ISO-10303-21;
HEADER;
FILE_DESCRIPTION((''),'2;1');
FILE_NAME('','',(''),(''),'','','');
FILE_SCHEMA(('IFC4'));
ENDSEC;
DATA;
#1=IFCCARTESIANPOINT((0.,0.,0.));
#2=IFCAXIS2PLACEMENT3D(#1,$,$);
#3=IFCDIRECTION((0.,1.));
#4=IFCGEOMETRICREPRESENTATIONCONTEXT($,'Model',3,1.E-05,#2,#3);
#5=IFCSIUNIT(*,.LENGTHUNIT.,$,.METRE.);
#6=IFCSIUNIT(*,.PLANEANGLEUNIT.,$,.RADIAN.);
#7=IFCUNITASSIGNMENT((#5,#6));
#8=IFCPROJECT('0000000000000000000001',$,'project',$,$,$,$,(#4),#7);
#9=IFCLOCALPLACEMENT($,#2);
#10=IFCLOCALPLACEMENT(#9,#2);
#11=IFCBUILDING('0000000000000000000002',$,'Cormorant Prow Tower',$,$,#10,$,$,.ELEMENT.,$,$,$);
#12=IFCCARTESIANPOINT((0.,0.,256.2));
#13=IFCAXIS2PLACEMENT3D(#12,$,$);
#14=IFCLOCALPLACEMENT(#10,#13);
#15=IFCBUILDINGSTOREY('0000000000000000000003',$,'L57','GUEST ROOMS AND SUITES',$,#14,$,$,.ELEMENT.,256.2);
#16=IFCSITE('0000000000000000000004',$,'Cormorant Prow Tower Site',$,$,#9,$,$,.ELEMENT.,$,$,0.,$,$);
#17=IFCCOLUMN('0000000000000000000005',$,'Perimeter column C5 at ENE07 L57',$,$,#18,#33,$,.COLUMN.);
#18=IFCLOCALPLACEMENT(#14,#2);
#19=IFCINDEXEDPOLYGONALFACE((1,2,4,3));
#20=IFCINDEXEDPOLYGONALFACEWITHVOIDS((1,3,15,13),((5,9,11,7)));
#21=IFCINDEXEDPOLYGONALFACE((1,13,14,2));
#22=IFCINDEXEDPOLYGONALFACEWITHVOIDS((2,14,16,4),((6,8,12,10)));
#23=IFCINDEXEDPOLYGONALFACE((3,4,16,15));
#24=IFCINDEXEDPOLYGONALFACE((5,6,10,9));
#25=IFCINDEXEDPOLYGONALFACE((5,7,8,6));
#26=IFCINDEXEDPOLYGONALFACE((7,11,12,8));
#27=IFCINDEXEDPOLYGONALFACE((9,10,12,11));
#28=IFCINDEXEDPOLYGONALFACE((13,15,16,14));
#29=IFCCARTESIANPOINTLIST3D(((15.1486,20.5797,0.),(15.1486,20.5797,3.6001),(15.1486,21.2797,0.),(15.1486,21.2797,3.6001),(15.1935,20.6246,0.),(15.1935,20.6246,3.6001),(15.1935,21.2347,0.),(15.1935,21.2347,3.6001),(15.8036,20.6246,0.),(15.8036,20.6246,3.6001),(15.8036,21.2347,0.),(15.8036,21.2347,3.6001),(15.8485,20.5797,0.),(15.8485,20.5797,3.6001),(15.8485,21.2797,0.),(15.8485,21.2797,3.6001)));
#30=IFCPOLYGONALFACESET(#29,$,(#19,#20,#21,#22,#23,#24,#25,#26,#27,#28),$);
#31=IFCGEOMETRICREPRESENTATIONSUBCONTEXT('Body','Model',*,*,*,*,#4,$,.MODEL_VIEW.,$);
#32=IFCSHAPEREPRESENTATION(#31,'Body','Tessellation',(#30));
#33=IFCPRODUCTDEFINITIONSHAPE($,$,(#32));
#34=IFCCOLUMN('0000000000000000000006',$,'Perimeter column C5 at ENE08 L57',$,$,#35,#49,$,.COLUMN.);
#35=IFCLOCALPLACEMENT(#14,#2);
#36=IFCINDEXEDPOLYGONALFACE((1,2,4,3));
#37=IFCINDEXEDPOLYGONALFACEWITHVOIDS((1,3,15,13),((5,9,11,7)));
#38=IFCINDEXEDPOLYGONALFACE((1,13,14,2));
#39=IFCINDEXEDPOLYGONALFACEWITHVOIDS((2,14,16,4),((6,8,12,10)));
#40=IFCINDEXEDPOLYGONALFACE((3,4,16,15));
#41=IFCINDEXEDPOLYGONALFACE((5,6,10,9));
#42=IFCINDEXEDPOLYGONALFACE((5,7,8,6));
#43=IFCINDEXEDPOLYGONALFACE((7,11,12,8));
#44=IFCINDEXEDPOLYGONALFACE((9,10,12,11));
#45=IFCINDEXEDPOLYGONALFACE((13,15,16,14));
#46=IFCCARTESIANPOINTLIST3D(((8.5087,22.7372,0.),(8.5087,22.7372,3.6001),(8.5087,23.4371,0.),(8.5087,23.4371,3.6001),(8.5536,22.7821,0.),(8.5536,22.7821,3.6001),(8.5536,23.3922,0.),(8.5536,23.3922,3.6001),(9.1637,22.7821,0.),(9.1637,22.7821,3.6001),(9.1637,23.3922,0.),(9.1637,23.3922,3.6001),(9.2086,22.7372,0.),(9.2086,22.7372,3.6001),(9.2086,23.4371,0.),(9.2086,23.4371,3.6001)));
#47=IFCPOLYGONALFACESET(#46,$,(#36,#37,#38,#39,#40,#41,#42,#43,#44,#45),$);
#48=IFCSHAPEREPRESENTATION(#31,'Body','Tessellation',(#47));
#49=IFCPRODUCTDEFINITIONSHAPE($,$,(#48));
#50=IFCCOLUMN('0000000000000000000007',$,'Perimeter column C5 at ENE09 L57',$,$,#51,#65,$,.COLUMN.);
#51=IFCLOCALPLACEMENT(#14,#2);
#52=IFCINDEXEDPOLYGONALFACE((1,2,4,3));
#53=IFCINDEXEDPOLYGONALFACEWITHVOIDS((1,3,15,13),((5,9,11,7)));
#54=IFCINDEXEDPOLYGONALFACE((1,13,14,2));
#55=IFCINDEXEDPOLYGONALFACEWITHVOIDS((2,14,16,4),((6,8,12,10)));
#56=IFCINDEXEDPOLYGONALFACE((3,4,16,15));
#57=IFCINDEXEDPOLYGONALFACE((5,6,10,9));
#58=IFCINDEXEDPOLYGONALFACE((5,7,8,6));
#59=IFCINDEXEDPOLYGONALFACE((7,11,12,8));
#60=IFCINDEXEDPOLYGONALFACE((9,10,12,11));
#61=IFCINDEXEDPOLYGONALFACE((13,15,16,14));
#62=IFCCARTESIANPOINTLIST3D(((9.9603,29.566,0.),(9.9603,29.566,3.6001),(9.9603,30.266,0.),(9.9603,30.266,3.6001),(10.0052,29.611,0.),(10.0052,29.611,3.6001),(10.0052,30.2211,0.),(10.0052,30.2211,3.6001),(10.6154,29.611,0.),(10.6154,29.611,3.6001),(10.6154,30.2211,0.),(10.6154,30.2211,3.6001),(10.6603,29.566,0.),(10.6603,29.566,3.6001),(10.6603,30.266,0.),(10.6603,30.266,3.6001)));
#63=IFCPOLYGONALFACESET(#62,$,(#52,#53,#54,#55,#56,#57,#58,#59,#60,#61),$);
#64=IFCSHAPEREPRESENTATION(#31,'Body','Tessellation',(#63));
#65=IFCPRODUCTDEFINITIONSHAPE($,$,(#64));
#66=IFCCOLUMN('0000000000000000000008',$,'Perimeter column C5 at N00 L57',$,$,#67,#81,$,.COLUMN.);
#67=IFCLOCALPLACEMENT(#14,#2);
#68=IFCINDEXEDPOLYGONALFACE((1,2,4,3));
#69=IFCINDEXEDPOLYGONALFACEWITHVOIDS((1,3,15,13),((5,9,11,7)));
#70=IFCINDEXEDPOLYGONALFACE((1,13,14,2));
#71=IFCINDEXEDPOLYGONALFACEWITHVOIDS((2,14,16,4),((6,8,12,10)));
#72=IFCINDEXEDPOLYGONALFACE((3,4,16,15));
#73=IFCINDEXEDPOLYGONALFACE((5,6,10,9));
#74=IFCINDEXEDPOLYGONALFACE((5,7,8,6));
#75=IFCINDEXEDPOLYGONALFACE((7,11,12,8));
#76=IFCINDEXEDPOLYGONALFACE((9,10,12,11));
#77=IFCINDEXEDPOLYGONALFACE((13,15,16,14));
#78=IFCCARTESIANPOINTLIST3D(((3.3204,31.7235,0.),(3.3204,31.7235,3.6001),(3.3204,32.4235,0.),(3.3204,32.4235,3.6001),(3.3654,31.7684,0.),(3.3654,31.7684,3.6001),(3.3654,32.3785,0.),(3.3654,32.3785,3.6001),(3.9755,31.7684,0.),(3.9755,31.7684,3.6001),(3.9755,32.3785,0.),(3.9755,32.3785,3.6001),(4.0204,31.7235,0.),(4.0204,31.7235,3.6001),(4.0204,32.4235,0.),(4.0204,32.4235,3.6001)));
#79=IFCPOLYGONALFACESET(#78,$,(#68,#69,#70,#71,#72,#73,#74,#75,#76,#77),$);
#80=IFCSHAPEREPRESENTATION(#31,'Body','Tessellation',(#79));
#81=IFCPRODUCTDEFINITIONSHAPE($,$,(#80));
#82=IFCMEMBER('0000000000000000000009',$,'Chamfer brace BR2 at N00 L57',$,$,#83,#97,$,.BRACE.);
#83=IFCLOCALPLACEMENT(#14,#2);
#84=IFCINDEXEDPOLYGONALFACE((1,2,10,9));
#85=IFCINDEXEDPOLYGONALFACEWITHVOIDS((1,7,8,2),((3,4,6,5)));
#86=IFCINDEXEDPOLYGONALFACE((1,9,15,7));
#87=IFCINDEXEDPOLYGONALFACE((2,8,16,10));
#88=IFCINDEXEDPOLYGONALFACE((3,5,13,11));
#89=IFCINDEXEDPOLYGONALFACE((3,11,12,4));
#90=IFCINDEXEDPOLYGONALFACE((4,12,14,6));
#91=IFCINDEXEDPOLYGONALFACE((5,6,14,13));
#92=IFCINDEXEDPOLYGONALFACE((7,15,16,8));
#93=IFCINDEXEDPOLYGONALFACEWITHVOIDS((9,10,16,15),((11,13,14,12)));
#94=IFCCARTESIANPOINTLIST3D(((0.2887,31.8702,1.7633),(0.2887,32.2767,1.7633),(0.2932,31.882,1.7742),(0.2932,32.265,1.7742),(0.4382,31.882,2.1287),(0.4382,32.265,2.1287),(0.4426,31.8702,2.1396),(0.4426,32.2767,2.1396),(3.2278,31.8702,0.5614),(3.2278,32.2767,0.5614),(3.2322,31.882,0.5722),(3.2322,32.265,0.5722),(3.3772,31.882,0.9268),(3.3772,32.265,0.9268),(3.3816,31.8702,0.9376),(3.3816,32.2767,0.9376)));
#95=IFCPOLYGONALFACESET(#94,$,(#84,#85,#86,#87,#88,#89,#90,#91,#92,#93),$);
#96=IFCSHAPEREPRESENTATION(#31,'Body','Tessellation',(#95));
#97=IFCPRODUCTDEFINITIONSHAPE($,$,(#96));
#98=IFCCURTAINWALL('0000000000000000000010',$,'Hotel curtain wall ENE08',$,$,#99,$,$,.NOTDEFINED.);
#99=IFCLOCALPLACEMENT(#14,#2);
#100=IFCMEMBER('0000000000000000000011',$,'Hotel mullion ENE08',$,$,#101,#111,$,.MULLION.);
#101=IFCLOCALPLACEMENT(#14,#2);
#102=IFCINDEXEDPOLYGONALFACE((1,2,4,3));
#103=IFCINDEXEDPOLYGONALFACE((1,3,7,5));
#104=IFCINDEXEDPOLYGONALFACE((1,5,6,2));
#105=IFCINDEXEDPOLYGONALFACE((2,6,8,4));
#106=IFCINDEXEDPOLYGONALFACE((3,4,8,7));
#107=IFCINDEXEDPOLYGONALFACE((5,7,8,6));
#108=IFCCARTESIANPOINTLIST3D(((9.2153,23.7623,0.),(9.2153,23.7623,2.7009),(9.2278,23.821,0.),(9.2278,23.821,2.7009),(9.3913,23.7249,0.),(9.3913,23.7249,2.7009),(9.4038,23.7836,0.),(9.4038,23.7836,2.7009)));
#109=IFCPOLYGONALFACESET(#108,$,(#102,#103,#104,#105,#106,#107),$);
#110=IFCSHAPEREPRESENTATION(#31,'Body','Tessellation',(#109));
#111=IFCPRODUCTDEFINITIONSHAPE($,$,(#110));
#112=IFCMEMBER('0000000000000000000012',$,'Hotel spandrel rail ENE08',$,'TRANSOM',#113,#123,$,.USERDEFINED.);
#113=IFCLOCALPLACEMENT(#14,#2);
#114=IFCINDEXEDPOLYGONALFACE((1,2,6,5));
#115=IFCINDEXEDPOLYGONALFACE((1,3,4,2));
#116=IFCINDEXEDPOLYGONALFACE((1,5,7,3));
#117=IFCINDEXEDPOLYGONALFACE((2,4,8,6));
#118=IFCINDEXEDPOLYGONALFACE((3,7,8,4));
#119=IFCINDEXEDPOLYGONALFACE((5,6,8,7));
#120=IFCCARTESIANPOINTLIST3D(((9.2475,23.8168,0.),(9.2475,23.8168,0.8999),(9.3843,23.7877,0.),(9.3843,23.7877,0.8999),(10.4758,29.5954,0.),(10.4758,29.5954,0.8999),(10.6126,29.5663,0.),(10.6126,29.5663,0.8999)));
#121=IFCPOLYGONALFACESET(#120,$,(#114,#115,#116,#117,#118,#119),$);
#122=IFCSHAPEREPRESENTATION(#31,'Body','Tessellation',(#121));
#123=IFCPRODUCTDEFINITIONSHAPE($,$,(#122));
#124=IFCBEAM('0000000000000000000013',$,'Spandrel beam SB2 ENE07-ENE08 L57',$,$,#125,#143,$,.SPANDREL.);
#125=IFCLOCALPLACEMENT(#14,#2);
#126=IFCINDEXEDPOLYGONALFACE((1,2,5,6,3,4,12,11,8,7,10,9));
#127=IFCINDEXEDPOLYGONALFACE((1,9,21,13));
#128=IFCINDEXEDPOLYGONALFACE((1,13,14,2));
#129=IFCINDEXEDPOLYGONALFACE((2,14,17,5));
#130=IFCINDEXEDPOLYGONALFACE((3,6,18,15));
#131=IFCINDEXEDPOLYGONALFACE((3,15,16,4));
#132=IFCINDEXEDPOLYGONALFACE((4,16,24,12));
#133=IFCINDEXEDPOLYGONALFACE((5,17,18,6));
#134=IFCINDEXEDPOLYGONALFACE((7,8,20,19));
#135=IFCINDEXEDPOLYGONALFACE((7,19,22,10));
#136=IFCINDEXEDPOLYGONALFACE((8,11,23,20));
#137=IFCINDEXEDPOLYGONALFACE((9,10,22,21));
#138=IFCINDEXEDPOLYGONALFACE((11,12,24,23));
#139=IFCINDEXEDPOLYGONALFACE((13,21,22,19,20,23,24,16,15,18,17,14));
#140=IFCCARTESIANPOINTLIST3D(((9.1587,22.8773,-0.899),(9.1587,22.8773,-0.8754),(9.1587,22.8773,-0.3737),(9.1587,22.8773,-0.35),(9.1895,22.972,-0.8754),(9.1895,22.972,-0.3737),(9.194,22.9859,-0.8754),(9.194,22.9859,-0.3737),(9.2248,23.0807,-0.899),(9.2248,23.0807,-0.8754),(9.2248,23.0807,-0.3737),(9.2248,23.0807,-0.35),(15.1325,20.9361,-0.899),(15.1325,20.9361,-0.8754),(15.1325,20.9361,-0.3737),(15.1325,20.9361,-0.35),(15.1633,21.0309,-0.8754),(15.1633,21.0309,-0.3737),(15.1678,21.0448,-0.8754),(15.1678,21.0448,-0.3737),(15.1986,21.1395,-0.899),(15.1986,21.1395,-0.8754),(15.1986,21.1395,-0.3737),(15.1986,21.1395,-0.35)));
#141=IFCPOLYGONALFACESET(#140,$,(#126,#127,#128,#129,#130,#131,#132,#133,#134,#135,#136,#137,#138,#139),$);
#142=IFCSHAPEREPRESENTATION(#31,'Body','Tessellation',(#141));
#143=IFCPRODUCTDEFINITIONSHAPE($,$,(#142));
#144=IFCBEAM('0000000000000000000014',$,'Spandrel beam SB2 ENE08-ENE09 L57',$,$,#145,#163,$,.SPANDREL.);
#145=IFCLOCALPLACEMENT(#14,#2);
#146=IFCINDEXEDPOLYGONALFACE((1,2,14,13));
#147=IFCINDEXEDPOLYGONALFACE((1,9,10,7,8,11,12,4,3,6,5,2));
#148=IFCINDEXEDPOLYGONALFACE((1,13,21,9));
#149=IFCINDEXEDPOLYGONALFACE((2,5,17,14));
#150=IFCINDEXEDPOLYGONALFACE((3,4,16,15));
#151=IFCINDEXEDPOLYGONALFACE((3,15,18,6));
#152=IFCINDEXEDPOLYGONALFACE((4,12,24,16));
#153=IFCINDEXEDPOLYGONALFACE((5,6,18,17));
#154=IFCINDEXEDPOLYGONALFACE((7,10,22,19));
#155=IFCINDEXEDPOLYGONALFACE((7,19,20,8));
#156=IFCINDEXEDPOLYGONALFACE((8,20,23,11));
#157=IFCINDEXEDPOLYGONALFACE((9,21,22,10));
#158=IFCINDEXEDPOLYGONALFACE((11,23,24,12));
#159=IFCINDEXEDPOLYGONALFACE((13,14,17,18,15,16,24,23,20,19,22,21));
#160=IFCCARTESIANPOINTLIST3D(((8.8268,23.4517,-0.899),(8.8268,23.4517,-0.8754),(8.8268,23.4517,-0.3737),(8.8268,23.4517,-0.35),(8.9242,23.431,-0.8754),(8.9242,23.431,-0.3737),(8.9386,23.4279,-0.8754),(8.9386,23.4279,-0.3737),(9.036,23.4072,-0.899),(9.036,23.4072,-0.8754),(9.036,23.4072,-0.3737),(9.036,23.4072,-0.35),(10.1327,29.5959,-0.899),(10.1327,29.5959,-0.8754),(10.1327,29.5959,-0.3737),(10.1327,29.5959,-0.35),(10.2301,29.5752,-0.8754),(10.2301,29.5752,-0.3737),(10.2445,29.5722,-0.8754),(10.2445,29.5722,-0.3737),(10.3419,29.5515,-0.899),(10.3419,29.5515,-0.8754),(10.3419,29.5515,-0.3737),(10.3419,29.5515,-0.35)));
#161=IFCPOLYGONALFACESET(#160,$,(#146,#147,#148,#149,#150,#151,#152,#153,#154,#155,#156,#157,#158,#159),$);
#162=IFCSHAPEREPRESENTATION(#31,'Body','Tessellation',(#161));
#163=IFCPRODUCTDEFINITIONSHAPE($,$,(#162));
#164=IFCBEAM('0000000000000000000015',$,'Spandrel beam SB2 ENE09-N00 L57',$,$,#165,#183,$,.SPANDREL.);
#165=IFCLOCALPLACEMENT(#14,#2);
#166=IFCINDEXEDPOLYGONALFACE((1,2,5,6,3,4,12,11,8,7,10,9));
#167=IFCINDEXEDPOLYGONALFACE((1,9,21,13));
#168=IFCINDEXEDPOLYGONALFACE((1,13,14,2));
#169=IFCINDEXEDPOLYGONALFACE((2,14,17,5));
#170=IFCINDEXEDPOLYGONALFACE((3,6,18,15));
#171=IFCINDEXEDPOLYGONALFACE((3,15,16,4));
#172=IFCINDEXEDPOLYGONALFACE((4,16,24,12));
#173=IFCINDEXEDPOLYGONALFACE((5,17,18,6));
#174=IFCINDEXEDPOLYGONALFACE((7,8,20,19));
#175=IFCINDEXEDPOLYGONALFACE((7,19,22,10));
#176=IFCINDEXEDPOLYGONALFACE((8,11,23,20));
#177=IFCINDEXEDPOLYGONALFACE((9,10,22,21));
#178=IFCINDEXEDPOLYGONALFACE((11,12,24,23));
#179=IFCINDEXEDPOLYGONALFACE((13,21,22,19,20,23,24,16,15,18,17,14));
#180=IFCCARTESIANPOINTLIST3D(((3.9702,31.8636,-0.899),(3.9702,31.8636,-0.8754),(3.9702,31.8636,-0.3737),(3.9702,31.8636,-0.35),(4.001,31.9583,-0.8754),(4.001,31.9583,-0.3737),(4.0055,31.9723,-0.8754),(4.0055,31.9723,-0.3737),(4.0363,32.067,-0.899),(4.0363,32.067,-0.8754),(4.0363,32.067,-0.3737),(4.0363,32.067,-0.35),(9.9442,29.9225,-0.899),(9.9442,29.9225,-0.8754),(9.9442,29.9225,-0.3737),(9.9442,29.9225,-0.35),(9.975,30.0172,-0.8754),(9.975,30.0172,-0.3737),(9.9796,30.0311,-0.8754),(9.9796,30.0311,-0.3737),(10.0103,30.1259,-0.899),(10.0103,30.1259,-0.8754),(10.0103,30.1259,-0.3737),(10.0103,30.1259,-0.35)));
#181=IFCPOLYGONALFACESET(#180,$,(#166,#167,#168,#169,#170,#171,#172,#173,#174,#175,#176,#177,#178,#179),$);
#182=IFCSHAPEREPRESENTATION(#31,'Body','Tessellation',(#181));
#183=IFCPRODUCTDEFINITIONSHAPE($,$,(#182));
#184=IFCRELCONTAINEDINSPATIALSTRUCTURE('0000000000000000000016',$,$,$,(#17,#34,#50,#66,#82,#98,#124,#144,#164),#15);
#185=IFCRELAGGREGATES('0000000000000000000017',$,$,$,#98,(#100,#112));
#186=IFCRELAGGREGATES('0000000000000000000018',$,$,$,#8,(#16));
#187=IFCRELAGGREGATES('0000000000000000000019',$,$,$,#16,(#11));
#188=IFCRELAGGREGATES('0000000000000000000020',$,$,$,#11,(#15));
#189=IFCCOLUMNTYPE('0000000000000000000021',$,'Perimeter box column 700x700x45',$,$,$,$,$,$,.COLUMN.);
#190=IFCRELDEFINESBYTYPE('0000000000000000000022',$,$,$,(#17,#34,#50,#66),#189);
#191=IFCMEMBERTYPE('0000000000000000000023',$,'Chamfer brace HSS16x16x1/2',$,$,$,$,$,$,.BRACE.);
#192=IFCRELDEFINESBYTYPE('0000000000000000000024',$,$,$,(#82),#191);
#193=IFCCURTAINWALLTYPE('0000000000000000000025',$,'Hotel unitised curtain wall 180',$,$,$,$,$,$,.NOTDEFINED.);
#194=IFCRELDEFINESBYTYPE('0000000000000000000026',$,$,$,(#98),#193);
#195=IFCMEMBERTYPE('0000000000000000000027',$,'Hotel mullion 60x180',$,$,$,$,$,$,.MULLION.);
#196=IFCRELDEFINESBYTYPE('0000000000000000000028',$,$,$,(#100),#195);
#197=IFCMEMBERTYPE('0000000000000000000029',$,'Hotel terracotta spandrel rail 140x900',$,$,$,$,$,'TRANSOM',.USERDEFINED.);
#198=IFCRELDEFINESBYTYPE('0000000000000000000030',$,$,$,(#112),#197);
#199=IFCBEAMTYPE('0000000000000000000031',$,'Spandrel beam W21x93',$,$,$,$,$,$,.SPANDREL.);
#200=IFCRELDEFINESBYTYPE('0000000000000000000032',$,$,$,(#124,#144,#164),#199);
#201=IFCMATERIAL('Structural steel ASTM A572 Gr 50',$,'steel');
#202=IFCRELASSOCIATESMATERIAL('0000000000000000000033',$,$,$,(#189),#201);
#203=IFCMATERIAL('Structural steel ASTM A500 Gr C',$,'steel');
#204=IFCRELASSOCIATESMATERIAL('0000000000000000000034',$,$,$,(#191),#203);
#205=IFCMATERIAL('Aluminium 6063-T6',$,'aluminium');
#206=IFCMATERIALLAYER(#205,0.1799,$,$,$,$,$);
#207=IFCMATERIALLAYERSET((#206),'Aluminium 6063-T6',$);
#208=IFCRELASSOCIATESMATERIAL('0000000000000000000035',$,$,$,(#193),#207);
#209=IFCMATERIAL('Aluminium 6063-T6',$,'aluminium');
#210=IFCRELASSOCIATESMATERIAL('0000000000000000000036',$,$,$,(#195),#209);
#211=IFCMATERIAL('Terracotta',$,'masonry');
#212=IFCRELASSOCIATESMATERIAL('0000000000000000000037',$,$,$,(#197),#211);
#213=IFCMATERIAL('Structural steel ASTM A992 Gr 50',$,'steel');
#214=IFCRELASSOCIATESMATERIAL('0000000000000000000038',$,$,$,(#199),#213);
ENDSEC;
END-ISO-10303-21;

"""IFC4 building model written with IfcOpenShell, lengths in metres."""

from ifc_helpers import new_model, si_unit, direction, frame, origin, origin_2d, place, context, subcontext, project, spatial, rectangle, hollow_rectangle, i_section, extrude, material, layer, layer_set, material_profile, profile_set, type_object, element, aggregate, save


model = new_model("IFC4")

# Units and contexts
model_context = context("Model", 3, precision=1e-05, world=origin(), true_north=direction((0.0, 1.0)))
body_context = subcontext(model_context, "Body", "Model", "MODEL_VIEW")
ifc_project = project(units=[si_unit("LENGTHUNIT", "METRE"), si_unit("PLANEANGLEUNIT", "RADIAN")], contexts=[model_context])

# Site, building, storey
site_placement = place(None, origin())
site = spatial("IfcSite", under=ifc_project, at=site_placement, Name="Cormorant Prow Tower Site", CompositionType="ELEMENT", RefElevation=0.0)
building_placement = place(site_placement, origin())
building = spatial("IfcBuilding", under=site, at=building_placement, Name="Cormorant Prow Tower", CompositionType="ELEMENT")
storey_placement = place(building_placement, frame((0.0, 0.0, 256.2)))
storey = spatial("IfcBuildingStorey", under=building, at=storey_placement, Name="L57", Description="GUEST ROOMS AND SUITES", CompositionType="ELEMENT", Elevation=256.2)

# Columns
ifc_material_1 = material(Name="Structural steel ASTM A572 Gr 50", Category="steel")
ifc_material_profile_1 = material_profile(ifc_material_1, hollow_rectangle(XDim=0.7, YDim=0.7, WallThickness=0.0449, at=origin_2d()), Name="Box 700x700x45")
ifc_profile_set_1 = profile_set([ifc_material_profile_1], Name="Structural steel ASTM A572 Gr 50")
column_type = type_object("IfcColumnType", Name="Perimeter box column 700x700x45", PredefinedType="COLUMN", material=ifc_profile_set_1)
for number, where, z_axis, x_axis, name in (
    (1, (15.4985, 20.9297, 0.0), (0.0, 0.0, 1.0), (1.0, 0.0, 0.0), "Perimeter column C5 at ENE07 L57"),
    (2, (8.8586, 23.0872, 0.0), (0.0, 0.0, 1.0), (1.0, 0.0, 0.0), "Perimeter column C5 at ENE08 L57"),
    (3, (10.3103, 29.916, 0.0), (0.0, 0.0, 1.0), (1.0, 0.0, 0.0), "Perimeter column C5 at ENE09 L57"),
    (4, (3.6704, 32.0735, 0.0), (0.0, 0.0, 1.0), (1.0, 0.0, 0.0), "Perimeter column C5 at N00 L57"),
):
    element("IfcColumn", number, at=place(storey_placement, frame(where, z_axis=z_axis, x_axis=x_axis)), inside=storey, type_object=column_type, Name=name, PredefinedType="COLUMN", context=body_context, shape_type="SweptSolid", body=[
        extrude(hollow_rectangle(XDim=0.7, YDim=0.7, WallThickness=0.0449, at=origin_2d()), origin(), (0.0, 0.0, 1.0), 3.6001),
    ])

# Member
ifc_material_2 = material(Name="Structural steel ASTM A500 Gr C", Category="steel")
ifc_material_profile_2 = material_profile(ifc_material_2, hollow_rectangle(XDim=0.4065, YDim=0.4065, WallThickness=0.0117, at=origin_2d()), Name="HSS16x16x1/2")
ifc_profile_set_2 = profile_set([ifc_material_profile_2], Name="Structural steel ASTM A500 Gr C")
member_type_1 = type_object("IfcMemberType", Name="Chamfer brace HSS16x16x1/2", PredefinedType="BRACE", material=ifc_profile_set_2)
member_1_placement = place(storey_placement, frame((3.3047, 32.0735, 0.7495), z_axis=(-0.925591, 0.0, 0.378525), x_axis=(0.0, -1.0, 0.0)))
element("IfcMember", 5, at=member_1_placement, inside=storey, type_object=member_type_1, Name="Chamfer brace BR2 at N00 L57", PredefinedType="BRACE", context=body_context, shape_type="SweptSolid", body=[
    extrude(hollow_rectangle(XDim=0.4065, YDim=0.4065, WallThickness=0.0117, at=origin_2d()), origin(), (0.0, 0.0, 1.0), 3.1753),
])

# Curtain wall, members
ifc_material_3 = material(Name="Aluminium 6063-T6", Category="aluminium")
ifc_layer_1 = layer(ifc_material_3, 0.1799)
ifc_layer_set_1 = layer_set([ifc_layer_1], Name="Aluminium 6063-T6")
curtain_wall_type = type_object("IfcCurtainWallType", Name="Hotel unitised curtain wall 180", PredefinedType="NOTDEFINED", material=ifc_layer_set_1)
curtain_wall_placement = place(storey_placement, origin())
curtain_wall = element("IfcCurtainWall", 6, at=curtain_wall_placement, inside=storey, type_object=curtain_wall_type, Name="Hotel curtain wall ENE08", PredefinedType="NOTDEFINED")
ifc_material_4 = material(Name="Aluminium 6063-T6", Category="aluminium")
ifc_material_profile_3 = material_profile(ifc_material_4, rectangle(XDim=0.1799, YDim=0.0601, at=origin_2d()), Name="Hotel mullion 60x180")
ifc_profile_set_3 = profile_set([ifc_material_profile_3], Name="Aluminium 6063-T6")
member_type_2 = type_object("IfcMemberType", Name="Hotel mullion 60x180", PredefinedType="MULLION", material=ifc_profile_set_3)
member_2_placement = place(storey_placement, frame((9.3096, 23.7729, 0.0), z_axis=(0.0, 0.0, 1.0), x_axis=(-0.978148, 0.207912, 0.0)))
member_2 = element("IfcMember", 7, at=member_2_placement, type_object=member_type_2, Name="Hotel mullion ENE08", PredefinedType="MULLION", context=body_context, shape_type="SweptSolid", body=[
    extrude(rectangle(XDim=0.1799, YDim=0.0601, at=origin_2d()), origin(), (0.0, 0.0, 1.0), 2.7009),
])
ifc_material_5 = material(Name="Terracotta", Category="masonry")
ifc_material_profile_4 = material_profile(ifc_material_5, rectangle(XDim=0.1399, YDim=0.8999, at=origin_2d()), Name="Hotel terracotta spandrel rail 140x900")
ifc_profile_set_4 = profile_set([ifc_material_profile_4], Name="Terracotta")
member_type_3 = type_object("IfcMemberType", Name="Hotel terracotta spandrel rail 140x900", ElementType="TRANSOM", PredefinedType="USERDEFINED", material=ifc_profile_set_4)
member_3_placement = place(storey_placement, frame((9.3159, 23.8022, 0.45), z_axis=(0.207912, 0.978148, 0.0), x_axis=(-0.978148, 0.207912, 0.0)))
member_3 = element("IfcMember", 8, at=member_3_placement, type_object=member_type_3, Name="Hotel spandrel rail ENE08", ObjectType="TRANSOM", PredefinedType="USERDEFINED", context=body_context, shape_type="SweptSolid", body=[
    extrude(rectangle(XDim=0.1399, YDim=0.8999, at=origin_2d()), origin(), (0.0, 0.0, 1.0), 5.9077),
])

# Beams
ifc_material_6 = material(Name="Structural steel ASTM A992 Gr 50", Category="steel")
ifc_material_profile_5 = material_profile(ifc_material_6, i_section(OverallWidth=0.2139, OverallDepth=0.5491, WebThickness=0.0146, FlangeThickness=0.0237, at=origin_2d()), Name="W21x93")
ifc_profile_set_5 = profile_set([ifc_material_profile_5], Name="Structural steel ASTM A992 Gr 50")
beam_type = type_object("IfcBeamType", Name="Spandrel beam W21x93", PredefinedType="SPANDREL", material=ifc_profile_set_5)
beam_1_placement = place(storey_placement, frame((15.1655, 21.0378, -0.6245), z_axis=(-0.95105, 0.309036, 0.0), x_axis=(-0.309036, -0.95105, 0.0)))
element("IfcBeam", 9, at=beam_1_placement, inside=storey, type_object=beam_type, Name="Spandrel beam SB2 ENE07-ENE08 L57", PredefinedType="SPANDREL", context=body_context, shape_type="SweptSolid", body=[
    extrude(i_section(OverallWidth=0.2139, OverallDepth=0.5491, WebThickness=0.0146, FlangeThickness=0.0237, at=origin_2d()), origin(), (0.0, 0.0, 1.0), 6.2812),
])
for number, where, z_axis, x_axis, name in (
    (10, (8.9314, 23.4294, -0.6245), (0.207896, 0.978151, 0.0), (-0.978151, 0.207896, 0.0), "Spandrel beam SB2 ENE08-ENE09 L57"),
    (11, (9.9773, 30.0242, -0.6245), (-0.951054, 0.309025, 0.0), (-0.309025, -0.951054, 0.0), "Spandrel beam SB2 ENE09-N00 L57"),
):
    element("IfcBeam", number, at=place(storey_placement, frame(where, z_axis=z_axis, x_axis=x_axis)), inside=storey, type_object=beam_type, Name=name, PredefinedType="SPANDREL", context=body_context, shape_type="SweptSolid", body=[
        extrude(i_section(OverallWidth=0.2139, OverallDepth=0.5491, WebThickness=0.0146, FlangeThickness=0.0237, at=origin_2d()), origin(), (0.0, 0.0, 1.0), 6.2815),
    ])

aggregate(curtain_wall, [member_2, member_3])

save(model, "model.ifc")
